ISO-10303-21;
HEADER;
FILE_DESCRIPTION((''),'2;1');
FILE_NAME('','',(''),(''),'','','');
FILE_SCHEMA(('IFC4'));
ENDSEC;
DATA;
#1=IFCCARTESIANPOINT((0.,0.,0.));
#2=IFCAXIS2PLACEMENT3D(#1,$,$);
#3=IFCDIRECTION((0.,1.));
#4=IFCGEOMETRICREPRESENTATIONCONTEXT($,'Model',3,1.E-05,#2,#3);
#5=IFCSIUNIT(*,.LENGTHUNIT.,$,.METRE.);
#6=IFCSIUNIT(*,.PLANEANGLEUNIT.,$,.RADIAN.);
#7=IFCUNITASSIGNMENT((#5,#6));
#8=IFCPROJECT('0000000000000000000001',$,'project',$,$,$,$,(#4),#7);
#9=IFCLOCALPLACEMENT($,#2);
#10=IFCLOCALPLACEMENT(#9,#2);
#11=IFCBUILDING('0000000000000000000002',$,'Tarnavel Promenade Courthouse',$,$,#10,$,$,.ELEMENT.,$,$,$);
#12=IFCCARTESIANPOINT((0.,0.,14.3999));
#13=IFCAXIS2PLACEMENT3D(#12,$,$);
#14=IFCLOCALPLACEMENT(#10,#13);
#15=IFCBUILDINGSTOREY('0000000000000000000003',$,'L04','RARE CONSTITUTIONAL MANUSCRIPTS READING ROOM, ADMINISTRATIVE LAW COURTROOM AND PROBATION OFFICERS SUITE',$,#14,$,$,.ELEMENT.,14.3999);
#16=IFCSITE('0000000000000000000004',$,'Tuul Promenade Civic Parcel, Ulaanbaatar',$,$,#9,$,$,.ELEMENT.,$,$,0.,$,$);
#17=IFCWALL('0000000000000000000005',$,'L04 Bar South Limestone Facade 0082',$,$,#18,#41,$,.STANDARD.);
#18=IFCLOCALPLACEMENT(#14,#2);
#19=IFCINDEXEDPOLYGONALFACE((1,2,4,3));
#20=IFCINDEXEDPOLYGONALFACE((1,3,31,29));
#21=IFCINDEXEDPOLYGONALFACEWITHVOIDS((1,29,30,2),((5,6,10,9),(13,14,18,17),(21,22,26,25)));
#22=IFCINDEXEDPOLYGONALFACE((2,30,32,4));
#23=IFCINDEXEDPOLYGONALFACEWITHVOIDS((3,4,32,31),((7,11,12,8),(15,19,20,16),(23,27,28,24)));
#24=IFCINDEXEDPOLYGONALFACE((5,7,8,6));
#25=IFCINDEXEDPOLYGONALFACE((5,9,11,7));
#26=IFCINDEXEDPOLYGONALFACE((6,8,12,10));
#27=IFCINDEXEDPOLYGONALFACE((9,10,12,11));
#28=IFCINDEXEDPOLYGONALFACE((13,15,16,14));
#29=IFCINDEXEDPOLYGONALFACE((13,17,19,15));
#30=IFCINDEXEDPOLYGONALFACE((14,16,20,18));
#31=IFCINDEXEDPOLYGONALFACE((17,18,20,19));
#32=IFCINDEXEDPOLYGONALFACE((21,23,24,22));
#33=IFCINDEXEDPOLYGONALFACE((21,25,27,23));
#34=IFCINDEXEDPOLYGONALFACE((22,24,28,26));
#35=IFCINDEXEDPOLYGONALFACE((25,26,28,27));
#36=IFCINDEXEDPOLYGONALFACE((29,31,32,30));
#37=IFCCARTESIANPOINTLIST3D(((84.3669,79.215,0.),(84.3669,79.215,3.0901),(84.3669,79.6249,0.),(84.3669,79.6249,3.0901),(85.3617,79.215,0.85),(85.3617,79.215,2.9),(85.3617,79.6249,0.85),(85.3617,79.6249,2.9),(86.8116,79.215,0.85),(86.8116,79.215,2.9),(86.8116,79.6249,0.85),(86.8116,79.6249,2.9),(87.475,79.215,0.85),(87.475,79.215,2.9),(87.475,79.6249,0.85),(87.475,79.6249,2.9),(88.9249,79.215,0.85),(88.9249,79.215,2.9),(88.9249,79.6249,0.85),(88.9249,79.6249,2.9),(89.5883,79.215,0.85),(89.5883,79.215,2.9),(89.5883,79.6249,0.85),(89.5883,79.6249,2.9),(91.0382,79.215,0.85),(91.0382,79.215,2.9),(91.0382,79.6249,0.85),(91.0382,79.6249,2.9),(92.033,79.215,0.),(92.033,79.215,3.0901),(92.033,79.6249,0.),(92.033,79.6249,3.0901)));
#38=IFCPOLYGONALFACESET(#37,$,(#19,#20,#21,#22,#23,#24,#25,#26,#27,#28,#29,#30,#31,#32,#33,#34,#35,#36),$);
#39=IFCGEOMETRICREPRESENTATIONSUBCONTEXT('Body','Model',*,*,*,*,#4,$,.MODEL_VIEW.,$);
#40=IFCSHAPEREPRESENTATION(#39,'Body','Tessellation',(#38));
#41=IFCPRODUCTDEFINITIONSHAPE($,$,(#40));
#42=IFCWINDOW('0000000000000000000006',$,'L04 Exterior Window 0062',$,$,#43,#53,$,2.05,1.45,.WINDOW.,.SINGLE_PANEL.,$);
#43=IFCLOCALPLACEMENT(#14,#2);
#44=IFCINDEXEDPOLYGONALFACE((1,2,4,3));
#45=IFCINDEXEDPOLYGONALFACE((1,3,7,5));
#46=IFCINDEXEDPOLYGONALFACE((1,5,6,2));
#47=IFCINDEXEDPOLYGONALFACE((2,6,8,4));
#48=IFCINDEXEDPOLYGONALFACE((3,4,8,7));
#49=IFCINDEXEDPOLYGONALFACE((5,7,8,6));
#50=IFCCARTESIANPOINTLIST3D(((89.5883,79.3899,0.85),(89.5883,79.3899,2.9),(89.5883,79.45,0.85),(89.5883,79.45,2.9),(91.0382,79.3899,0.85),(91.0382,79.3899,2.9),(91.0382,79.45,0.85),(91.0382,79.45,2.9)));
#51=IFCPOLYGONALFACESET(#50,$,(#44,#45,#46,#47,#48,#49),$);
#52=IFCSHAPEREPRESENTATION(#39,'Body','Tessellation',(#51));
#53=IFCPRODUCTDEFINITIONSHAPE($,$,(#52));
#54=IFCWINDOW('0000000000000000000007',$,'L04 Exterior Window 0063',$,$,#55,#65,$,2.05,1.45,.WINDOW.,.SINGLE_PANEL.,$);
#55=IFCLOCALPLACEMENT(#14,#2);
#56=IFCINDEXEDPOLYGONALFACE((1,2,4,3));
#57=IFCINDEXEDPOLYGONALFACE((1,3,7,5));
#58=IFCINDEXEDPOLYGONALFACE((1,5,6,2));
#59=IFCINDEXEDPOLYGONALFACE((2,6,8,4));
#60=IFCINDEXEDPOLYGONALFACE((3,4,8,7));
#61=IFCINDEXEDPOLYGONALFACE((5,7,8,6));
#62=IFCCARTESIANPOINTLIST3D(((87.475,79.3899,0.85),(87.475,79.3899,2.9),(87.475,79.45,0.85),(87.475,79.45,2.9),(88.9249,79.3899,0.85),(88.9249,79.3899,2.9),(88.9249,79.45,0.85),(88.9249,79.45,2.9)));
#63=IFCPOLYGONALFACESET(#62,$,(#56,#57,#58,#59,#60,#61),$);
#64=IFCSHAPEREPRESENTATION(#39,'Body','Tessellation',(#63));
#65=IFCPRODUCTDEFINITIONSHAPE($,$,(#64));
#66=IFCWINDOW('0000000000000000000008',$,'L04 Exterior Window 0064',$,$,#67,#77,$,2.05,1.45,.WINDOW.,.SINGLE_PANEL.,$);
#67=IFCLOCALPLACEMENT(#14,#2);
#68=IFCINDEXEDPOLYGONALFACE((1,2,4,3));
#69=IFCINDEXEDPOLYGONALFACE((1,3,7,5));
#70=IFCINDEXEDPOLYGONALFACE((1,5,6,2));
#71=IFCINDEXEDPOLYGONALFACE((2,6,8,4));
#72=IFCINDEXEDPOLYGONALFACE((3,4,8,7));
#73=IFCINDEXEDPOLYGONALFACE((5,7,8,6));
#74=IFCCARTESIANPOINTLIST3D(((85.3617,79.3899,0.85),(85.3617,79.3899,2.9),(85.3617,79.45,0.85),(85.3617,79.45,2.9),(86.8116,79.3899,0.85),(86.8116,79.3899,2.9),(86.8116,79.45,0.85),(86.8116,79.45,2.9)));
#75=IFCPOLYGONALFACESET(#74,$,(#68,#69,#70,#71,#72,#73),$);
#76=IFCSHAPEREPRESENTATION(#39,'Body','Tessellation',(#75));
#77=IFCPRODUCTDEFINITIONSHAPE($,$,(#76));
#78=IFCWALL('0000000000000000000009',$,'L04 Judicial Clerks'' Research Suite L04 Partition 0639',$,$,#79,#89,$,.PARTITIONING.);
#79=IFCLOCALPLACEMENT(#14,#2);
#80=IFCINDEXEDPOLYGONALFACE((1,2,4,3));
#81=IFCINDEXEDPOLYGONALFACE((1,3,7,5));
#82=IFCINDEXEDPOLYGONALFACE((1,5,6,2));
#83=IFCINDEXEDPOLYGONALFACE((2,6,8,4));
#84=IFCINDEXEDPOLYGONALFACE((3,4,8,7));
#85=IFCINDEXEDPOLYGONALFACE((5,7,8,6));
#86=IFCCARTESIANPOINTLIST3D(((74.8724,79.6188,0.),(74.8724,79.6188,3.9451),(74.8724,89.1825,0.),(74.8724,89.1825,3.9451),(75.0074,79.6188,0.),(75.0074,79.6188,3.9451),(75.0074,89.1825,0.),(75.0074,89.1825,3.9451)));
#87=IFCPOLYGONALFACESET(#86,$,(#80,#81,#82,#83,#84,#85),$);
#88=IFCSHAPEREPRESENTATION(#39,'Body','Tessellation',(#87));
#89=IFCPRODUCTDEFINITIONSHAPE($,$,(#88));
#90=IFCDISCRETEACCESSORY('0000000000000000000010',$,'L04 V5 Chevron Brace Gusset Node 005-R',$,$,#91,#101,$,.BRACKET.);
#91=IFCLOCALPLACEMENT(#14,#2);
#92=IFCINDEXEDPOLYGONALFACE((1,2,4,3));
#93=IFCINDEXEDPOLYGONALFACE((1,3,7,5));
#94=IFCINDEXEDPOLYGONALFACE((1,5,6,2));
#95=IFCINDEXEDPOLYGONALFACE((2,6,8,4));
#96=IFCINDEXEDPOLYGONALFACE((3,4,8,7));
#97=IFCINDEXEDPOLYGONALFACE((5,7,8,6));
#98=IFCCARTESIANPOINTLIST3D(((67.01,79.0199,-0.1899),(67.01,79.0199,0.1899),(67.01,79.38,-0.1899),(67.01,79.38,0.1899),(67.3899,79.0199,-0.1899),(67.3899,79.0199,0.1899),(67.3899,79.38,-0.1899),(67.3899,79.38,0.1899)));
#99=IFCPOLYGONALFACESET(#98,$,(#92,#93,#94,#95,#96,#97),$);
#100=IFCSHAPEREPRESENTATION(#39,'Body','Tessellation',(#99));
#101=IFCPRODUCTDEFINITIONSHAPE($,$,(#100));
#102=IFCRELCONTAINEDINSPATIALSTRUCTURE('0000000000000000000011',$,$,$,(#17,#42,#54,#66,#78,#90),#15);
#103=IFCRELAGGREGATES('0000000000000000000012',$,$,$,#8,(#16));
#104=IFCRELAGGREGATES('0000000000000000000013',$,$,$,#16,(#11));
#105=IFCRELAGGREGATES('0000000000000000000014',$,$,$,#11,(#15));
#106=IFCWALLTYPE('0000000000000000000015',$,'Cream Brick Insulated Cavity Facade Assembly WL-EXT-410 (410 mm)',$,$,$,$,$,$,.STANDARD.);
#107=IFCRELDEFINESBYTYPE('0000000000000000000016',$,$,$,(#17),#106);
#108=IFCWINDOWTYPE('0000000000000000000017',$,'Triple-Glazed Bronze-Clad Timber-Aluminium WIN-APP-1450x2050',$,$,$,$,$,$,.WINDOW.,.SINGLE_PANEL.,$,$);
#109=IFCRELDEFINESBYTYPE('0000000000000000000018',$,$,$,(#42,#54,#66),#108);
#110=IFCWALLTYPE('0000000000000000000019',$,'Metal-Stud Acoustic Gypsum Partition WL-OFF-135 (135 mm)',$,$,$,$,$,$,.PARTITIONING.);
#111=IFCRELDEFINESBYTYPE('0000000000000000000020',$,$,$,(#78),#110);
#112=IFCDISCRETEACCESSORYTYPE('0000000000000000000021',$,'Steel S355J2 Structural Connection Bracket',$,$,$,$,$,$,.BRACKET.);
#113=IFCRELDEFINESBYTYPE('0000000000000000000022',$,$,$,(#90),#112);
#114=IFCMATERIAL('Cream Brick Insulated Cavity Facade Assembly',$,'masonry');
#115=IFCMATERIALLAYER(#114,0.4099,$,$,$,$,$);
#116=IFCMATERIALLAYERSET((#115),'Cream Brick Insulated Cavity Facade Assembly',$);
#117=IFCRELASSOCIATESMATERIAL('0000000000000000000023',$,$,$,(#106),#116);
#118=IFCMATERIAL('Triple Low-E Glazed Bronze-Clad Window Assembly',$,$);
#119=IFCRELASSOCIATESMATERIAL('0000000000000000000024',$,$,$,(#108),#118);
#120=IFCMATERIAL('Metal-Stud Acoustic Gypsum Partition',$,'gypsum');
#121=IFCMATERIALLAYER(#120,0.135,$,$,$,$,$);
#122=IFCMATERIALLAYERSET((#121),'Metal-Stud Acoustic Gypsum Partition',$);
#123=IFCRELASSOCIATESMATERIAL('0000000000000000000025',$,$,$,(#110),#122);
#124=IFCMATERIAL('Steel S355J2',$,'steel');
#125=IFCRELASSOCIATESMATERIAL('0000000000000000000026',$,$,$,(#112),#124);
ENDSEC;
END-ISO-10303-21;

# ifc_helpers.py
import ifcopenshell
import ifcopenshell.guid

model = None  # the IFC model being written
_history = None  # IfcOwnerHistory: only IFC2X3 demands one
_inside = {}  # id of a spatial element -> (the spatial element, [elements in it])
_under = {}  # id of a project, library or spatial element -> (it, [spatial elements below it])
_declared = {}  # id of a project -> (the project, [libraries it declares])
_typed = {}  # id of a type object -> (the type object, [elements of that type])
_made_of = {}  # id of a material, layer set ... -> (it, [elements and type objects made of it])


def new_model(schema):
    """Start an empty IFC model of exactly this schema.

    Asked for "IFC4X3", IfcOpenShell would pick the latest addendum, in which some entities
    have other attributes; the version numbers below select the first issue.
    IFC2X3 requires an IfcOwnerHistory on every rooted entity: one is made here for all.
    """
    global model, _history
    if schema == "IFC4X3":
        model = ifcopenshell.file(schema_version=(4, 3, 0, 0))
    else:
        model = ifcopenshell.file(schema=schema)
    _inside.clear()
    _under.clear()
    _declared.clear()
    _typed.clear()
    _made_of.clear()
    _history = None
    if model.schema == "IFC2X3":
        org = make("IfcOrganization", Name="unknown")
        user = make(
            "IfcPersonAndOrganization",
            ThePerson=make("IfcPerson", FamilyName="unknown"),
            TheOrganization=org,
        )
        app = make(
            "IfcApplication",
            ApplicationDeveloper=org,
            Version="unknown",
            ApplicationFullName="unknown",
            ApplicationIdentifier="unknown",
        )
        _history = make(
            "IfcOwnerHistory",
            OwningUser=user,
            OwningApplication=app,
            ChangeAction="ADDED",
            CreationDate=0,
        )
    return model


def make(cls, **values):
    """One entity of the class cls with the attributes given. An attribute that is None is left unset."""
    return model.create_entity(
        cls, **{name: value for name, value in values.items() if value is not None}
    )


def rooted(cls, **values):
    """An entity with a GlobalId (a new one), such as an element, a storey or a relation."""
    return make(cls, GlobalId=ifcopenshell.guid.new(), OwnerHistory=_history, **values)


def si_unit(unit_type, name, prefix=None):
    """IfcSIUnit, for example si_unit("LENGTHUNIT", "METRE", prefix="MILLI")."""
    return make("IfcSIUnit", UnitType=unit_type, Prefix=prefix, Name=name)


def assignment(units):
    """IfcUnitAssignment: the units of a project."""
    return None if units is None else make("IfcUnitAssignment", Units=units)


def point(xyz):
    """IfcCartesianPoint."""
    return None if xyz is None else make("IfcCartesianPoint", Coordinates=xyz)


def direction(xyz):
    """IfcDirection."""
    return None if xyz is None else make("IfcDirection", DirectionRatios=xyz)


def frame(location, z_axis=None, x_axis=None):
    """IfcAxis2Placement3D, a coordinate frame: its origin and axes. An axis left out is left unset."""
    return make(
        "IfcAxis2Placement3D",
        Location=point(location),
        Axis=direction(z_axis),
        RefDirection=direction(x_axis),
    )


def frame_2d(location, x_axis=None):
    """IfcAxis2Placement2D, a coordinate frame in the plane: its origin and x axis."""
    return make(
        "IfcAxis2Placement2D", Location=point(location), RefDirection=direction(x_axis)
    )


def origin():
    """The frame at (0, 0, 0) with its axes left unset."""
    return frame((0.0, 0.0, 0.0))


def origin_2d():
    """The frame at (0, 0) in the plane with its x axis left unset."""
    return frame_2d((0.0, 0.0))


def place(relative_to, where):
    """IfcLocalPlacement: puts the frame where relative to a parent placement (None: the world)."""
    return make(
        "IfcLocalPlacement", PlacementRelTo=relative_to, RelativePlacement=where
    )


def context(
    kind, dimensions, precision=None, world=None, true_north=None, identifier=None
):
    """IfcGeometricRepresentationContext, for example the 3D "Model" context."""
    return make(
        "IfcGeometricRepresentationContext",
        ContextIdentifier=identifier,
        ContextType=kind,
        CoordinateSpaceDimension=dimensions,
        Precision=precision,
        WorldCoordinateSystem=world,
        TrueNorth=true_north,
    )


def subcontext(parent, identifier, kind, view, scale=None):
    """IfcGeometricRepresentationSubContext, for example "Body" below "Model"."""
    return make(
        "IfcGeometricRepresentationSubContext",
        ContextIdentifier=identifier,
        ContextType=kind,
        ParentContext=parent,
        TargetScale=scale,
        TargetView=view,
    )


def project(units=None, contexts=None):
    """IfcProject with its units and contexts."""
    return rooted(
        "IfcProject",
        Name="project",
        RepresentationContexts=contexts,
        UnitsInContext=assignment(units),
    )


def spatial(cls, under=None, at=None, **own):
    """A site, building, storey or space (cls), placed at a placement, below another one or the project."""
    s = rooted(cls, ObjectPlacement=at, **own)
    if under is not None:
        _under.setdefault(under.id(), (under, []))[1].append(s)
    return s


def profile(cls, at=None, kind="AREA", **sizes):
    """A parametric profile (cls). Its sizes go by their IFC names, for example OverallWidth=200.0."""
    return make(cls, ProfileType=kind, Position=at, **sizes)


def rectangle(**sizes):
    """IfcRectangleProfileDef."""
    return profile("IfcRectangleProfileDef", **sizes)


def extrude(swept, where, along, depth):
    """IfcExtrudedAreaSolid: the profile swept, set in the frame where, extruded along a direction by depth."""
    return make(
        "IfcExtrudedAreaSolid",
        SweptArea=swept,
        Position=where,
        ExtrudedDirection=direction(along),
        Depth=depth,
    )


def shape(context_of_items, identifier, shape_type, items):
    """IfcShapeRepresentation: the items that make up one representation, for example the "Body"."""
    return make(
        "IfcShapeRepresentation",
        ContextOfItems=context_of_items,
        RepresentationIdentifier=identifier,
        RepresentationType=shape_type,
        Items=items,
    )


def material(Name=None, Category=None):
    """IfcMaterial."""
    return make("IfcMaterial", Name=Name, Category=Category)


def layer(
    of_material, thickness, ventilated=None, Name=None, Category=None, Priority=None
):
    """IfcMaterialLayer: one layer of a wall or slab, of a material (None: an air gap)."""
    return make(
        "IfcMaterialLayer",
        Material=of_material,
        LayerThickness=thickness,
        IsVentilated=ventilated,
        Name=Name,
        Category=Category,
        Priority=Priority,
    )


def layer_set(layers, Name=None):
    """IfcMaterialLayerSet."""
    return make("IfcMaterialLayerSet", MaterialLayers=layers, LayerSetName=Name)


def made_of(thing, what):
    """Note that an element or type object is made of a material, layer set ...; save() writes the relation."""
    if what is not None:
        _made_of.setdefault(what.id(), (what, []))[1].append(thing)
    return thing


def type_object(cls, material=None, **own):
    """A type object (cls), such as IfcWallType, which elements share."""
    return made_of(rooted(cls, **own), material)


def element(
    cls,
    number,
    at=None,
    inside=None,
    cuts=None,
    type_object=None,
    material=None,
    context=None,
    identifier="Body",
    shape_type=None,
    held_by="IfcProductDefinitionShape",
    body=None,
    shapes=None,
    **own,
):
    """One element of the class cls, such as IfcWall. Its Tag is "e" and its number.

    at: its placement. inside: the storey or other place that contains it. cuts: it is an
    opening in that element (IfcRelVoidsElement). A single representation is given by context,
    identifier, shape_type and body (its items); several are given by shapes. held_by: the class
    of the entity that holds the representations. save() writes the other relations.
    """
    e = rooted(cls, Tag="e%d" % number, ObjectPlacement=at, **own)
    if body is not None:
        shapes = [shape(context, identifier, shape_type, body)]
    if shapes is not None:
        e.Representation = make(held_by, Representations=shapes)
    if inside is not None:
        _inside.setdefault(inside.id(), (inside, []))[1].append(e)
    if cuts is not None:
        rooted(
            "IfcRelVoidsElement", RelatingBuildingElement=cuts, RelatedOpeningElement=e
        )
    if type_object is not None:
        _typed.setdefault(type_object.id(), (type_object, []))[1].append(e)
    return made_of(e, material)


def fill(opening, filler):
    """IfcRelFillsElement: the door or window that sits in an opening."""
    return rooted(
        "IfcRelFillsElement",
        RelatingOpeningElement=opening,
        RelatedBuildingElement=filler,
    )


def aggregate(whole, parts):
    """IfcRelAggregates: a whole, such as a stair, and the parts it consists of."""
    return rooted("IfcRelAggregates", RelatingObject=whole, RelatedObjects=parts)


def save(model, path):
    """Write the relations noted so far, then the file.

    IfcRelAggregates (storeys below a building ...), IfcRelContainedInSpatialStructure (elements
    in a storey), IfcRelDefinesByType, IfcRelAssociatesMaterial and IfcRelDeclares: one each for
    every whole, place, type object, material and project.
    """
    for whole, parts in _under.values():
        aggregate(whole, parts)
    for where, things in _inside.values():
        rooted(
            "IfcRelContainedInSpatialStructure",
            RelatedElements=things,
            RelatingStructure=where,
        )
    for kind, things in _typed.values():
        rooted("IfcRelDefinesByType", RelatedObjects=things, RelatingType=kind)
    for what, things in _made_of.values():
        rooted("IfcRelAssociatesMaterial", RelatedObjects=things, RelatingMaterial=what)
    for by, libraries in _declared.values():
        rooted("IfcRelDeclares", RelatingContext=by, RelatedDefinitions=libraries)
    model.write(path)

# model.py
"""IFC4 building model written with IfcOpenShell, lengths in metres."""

from ifc_helpers import new_model, si_unit, direction, frame, frame_2d, origin, origin_2d, place, context, subcontext, project, spatial, rectangle, extrude, material, layer, layer_set, type_object, element, fill, save


model = new_model("IFC4")

# Units and contexts
model_context = context("Model", 3, precision=1e-05, world=origin(), true_north=direction((0.0, 1.0)))
body_context = subcontext(model_context, "Body", "Model", "MODEL_VIEW")
ifc_project = project(units=[si_unit("LENGTHUNIT", "METRE"), si_unit("PLANEANGLEUNIT", "RADIAN")], contexts=[model_context])

# Site, building, storey
site_placement = place(None, origin())
site = spatial("IfcSite", under=ifc_project, at=site_placement, Name="Tuul Promenade Civic Parcel, Ulaanbaatar", CompositionType="ELEMENT", RefElevation=0.0)
building_placement = place(site_placement, origin())
building = spatial("IfcBuilding", under=site, at=building_placement, Name="Tarnavel Promenade Courthouse", CompositionType="ELEMENT")
storey_placement = place(building_placement, frame((0.0, 0.0, 14.3999)))
storey = spatial("IfcBuildingStorey", under=building, at=storey_placement, Name="L04", Description="RARE CONSTITUTIONAL MANUSCRIPTS READING ROOM, ADMINISTRATIVE LAW COURTROOM AND PROBATION OFFICERS SUITE", CompositionType="ELEMENT", Elevation=14.3999)

# Shared definitions
ifc_material_1 = material(Name="Steel S355J2", Category="steel")

# Shared definitions
ifc_material_2 = material(Name="Cream Brick Insulated Cavity Facade Assembly", Category="masonry")
ifc_layer_1 = layer(ifc_material_2, 0.4099)
ifc_layer_set_1 = layer_set([ifc_layer_1], Name="Cream Brick Insulated Cavity Facade Assembly")
wall_type_1 = type_object("IfcWallType", Name="Cream Brick Insulated Cavity Facade Assembly WL-EXT-410 (410 mm)", PredefinedType="STANDARD", material=ifc_layer_set_1)

# Wall, openings, windows
ifc_material_3 = material(Name="Triple Low-E Glazed Bronze-Clad Window Assembly")
window_type = type_object("IfcWindowType", Name="Triple-Glazed Bronze-Clad Timber-Aluminium WIN-APP-1450x2050", PartitioningType="SINGLE_PANEL", PredefinedType="WINDOW", material=ifc_material_3)
wall_1_placement = place(storey_placement, frame((92.033, 79.4199, 0.0), z_axis=(0.0, 0.0, 1.0), x_axis=(-1.0, 0.0, 0.0)))
wall_1 = element("IfcWall", 1, at=wall_1_placement, inside=storey, type_object=wall_type_1, Name="L04 Bar South Limestone Facade 0082", PredefinedType="STANDARD", context=body_context, shape_type="SweptSolid", body=[
    extrude(rectangle(XDim=7.666, YDim=0.4099, at=frame_2d((3.833, 0.0))), origin(), (0.0, 0.0, 1.0), 3.0901),
])
opening_1_placement = place(wall_1_placement, frame((0.9946, 0.0, 0.8501)))
opening_1 = element("IfcOpeningElement", 2, at=opening_1_placement, cuts=wall_1, PredefinedType="OPENING", context=body_context, shape_type="SweptSolid", body=[
    extrude(rectangle(XDim=1.45, YDim=2.05, at=frame_2d((0.7251, 1.0249))), frame((0.0, 0.2148, 0.0), z_axis=(0.0, -1.0, 0.0), x_axis=(1.0, 0.0, 0.0)), (0.0, 0.0, 1.0), 0.4299),
])
opening_2_placement = place(wall_1_placement, frame((3.1079, 0.0, 0.8501)))
opening_2 = element("IfcOpeningElement", 3, at=opening_2_placement, cuts=wall_1, PredefinedType="OPENING", context=body_context, shape_type="SweptSolid", body=[
    extrude(rectangle(XDim=1.45, YDim=2.05, at=frame_2d((0.7251, 1.0249))), frame((0.0, 0.2148, 0.0), z_axis=(0.0, -1.0, 0.0), x_axis=(1.0, 0.0, 0.0)), (0.0, 0.0, 1.0), 0.4299),
])
opening_3_placement = place(wall_1_placement, frame((5.2212, 0.0, 0.8501)))
opening_3 = element("IfcOpeningElement", 4, at=opening_3_placement, cuts=wall_1, PredefinedType="OPENING", context=body_context, shape_type="SweptSolid", body=[
    extrude(rectangle(XDim=1.45, YDim=2.05, at=frame_2d((0.7251, 1.0249))), frame((0.0, 0.2148, 0.0), z_axis=(0.0, -1.0, 0.0), x_axis=(1.0, 0.0, 0.0)), (0.0, 0.0, 1.0), 0.4299),
])
window_1_placement = place(opening_1_placement, origin())
window_1 = element("IfcWindow", 5, at=window_1_placement, inside=storey, type_object=window_type, Name="L04 Exterior Window 0062", OverallHeight=2.05, OverallWidth=1.45, PartitioningType="SINGLE_PANEL", PredefinedType="WINDOW", context=body_context, shape_type="SweptSolid", body=[
    extrude(rectangle(XDim=1.45, YDim=2.05, at=frame_2d((0.7251, 1.0249))), frame((0.0, 0.03, 0.0), z_axis=(0.0, -1.0, 0.0), x_axis=(1.0, 0.0, 0.0)), (0.0, 0.0, 1.0), 0.0601),
])
fill(opening_1, window_1)
window_2_placement = place(opening_2_placement, origin())
window_2 = element("IfcWindow", 6, at=window_2_placement, inside=storey, type_object=window_type, Name="L04 Exterior Window 0063", OverallHeight=2.05, OverallWidth=1.45, PartitioningType="SINGLE_PANEL", PredefinedType="WINDOW", context=body_context, shape_type="SweptSolid", body=[
    extrude(rectangle(XDim=1.45, YDim=2.05, at=frame_2d((0.7251, 1.0249))), frame((0.0, 0.03, 0.0), z_axis=(0.0, -1.0, 0.0), x_axis=(1.0, 0.0, 0.0)), (0.0, 0.0, 1.0), 0.0601),
])
fill(opening_2, window_2)
window_3_placement = place(opening_3_placement, origin())
window_3 = element("IfcWindow", 7, at=window_3_placement, inside=storey, type_object=window_type, Name="L04 Exterior Window 0064", OverallHeight=2.05, OverallWidth=1.45, PartitioningType="SINGLE_PANEL", PredefinedType="WINDOW", context=body_context, shape_type="SweptSolid", body=[
    extrude(rectangle(XDim=1.45, YDim=2.05, at=frame_2d((0.7251, 1.0249))), frame((0.0, 0.03, 0.0), z_axis=(0.0, -1.0, 0.0), x_axis=(1.0, 0.0, 0.0)), (0.0, 0.0, 1.0), 0.0601),
])
fill(opening_3, window_3)

# Wall
ifc_material_4 = material(Name="Metal-Stud Acoustic Gypsum Partition", Category="gypsum")
ifc_layer_2 = layer(ifc_material_4, 0.135)
ifc_layer_set_2 = layer_set([ifc_layer_2], Name="Metal-Stud Acoustic Gypsum Partition")
wall_type_2 = type_object("IfcWallType", Name="Metal-Stud Acoustic Gypsum Partition WL-OFF-135 (135 mm)", PredefinedType="PARTITIONING", material=ifc_layer_set_2)
wall_2_placement = place(storey_placement, frame((74.9399, 79.6189, 0.0), z_axis=(0.0, 0.0, 1.0), x_axis=(0.0, 1.0, 0.0)))
element("IfcWall", 8, at=wall_2_placement, inside=storey, type_object=wall_type_2, Name="L04 Judicial Clerks' Research Suite L04 Partition 0639", PredefinedType="PARTITIONING", context=body_context, shape_type="SweptSolid", body=[
    extrude(rectangle(XDim=9.5637, YDim=0.135, at=frame_2d((4.7817, 0.0))), origin(), (0.0, 0.0, 1.0), 3.9451),
])

# Discrete accessory
discrete_accessory_type = type_object("IfcDiscreteAccessoryType", Name="Steel S355J2 Structural Connection Bracket", PredefinedType="BRACKET", material=ifc_material_1)
discrete_accessory_placement = place(storey_placement, frame((67.2, 79.2, -0.1899), z_axis=(0.0, 0.0, 1.0), x_axis=(1.0, 0.0, 0.0)))
element("IfcDiscreteAccessory", 9, at=discrete_accessory_placement, inside=storey, type_object=discrete_accessory_type, Name="L04 V5 Chevron Brace Gusset Node 005-R", PredefinedType="BRACKET", context=body_context, shape_type="SweptSolid", body=[
    extrude(rectangle(XDim=0.3799, YDim=0.3601, at=origin_2d()), origin(), (0.0, 0.0, 1.0), 0.3799),
])

save(model, "model.ifc")
